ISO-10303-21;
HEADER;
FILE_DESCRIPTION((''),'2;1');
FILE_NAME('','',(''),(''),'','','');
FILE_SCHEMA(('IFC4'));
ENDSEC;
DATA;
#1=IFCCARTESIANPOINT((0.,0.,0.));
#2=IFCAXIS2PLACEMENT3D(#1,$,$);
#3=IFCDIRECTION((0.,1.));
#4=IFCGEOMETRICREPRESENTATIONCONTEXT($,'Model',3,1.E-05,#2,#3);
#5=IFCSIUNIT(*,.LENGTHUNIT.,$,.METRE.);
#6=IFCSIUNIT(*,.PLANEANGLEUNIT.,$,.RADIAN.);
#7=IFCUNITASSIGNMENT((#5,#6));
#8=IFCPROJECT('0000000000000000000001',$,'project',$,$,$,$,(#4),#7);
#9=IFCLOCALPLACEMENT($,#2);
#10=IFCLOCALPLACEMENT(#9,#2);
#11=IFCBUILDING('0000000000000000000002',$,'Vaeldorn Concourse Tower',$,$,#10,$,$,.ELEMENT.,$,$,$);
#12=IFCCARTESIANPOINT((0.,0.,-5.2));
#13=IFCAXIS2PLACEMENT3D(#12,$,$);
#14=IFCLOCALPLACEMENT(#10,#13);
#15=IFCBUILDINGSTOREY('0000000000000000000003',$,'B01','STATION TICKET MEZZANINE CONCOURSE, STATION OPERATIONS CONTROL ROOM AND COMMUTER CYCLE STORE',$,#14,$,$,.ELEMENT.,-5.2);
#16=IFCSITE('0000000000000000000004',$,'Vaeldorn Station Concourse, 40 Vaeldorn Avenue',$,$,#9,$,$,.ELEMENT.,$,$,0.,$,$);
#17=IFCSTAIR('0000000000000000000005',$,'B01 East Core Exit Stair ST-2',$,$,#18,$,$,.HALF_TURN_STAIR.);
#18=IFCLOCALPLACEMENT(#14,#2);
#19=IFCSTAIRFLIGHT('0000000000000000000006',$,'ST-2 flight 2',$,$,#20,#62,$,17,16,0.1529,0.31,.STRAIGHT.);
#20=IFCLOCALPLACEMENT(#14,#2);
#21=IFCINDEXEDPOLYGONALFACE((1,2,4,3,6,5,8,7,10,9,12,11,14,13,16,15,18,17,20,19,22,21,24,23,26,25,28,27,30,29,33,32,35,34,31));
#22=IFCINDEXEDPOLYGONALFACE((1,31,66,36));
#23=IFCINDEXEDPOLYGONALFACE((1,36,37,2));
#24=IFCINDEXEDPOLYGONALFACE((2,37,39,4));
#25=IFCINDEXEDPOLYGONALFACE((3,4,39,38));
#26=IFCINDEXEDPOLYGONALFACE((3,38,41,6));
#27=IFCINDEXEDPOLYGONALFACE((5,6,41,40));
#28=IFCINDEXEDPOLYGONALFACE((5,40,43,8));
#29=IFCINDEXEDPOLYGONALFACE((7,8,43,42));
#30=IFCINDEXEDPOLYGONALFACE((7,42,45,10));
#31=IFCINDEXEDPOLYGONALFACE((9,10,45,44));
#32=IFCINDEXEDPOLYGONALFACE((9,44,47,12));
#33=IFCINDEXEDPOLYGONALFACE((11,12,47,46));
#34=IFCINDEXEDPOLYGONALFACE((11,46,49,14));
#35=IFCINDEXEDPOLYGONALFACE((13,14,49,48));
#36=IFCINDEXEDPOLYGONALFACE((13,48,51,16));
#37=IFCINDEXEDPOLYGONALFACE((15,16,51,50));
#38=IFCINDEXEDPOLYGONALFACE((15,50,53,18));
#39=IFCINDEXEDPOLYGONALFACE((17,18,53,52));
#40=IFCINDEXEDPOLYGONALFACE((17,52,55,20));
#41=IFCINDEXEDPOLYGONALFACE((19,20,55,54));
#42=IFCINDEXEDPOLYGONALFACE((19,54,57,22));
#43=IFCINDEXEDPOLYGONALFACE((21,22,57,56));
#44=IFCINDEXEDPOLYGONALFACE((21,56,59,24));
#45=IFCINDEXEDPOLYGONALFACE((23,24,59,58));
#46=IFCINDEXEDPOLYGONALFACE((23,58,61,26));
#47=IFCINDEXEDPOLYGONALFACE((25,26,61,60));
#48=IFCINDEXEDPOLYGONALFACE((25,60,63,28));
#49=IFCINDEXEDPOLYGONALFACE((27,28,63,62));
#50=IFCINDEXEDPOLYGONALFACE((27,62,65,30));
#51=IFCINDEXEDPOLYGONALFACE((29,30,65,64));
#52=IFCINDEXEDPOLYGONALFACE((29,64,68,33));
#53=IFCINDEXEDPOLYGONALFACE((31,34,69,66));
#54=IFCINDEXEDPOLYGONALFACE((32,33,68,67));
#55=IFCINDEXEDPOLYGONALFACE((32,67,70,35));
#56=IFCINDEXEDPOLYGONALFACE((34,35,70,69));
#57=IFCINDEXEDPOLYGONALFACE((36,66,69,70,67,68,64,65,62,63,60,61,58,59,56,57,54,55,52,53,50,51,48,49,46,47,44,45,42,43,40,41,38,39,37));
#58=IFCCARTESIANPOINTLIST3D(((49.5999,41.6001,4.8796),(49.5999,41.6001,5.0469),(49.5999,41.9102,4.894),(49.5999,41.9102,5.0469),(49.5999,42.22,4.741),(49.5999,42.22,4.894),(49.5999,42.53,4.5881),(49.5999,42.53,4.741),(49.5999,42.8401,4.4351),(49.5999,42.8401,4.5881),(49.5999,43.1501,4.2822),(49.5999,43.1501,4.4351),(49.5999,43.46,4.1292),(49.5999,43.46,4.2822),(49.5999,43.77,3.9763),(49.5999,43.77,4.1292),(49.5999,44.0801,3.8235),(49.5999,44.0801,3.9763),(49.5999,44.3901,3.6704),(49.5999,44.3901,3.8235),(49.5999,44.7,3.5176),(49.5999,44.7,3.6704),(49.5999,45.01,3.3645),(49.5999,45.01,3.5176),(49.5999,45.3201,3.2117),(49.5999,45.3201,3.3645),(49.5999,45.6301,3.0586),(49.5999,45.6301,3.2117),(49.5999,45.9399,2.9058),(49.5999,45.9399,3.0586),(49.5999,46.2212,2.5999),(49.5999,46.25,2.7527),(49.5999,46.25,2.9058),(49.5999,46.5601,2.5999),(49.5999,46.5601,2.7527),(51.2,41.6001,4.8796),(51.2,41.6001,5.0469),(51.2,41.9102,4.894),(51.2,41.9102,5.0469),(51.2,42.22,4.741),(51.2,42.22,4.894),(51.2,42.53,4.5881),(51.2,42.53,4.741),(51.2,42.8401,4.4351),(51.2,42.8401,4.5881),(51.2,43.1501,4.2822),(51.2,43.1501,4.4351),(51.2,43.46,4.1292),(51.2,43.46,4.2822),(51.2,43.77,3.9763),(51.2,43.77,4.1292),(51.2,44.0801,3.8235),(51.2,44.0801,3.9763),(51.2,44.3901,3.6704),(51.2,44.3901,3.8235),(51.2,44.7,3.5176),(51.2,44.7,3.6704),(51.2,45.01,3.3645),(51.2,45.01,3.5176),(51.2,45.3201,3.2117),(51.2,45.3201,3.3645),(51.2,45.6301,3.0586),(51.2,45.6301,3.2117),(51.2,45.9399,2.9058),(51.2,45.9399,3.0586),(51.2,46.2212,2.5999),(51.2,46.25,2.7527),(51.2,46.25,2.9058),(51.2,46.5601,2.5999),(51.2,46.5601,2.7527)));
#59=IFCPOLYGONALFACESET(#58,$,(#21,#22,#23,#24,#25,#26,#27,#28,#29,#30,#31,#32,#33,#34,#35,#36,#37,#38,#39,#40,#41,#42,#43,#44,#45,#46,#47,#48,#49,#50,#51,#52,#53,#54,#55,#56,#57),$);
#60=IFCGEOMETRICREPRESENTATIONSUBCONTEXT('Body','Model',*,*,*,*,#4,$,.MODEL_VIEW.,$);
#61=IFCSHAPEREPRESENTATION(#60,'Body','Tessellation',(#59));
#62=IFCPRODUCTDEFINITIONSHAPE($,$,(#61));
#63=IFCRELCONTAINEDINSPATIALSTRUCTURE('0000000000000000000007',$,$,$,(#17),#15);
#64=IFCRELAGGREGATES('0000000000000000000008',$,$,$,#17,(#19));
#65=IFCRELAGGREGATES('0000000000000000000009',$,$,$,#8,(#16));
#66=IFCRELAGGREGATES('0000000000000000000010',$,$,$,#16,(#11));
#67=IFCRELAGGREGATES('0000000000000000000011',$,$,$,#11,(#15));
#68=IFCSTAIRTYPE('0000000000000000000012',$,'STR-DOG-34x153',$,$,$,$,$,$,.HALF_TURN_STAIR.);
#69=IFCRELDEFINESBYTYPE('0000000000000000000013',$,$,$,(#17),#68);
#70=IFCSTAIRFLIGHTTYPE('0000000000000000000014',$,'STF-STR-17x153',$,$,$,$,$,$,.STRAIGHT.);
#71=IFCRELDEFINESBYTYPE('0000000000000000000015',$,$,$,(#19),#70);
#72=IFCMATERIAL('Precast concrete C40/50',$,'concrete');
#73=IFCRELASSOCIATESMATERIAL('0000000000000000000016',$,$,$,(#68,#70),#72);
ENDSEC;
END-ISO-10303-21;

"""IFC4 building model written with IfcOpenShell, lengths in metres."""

from ifc_helpers import new_model, si_unit, direction, frame, origin, place, context, subcontext, project, spatial, polyline, outline, extrude, material, type_object, element, aggregate, save


model = new_model("IFC4")

# Units and contexts
model_context = context("Model", 3, precision=1e-05, world=origin(), true_north=direction((0.0, 1.0)))
body_context = subcontext(model_context, "Body", "Model", "MODEL_VIEW")
ifc_project = project(units=[si_unit("LENGTHUNIT", "METRE"), si_unit("PLANEANGLEUNIT", "RADIAN")], contexts=[model_context])

# Site, building, storey
site_placement = place(None, origin())
site = spatial("IfcSite", under=ifc_project, at=site_placement, Name="Vaeldorn Station Concourse, 40 Vaeldorn Avenue", CompositionType="ELEMENT", RefElevation=0.0)
building_placement = place(site_placement, origin())
building = spatial("IfcBuilding", under=site, at=building_placement, Name="Vaeldorn Concourse Tower", CompositionType="ELEMENT")
storey_placement = place(building_placement, frame((0.0, 0.0, -5.2)))
storey = spatial("IfcBuildingStorey", under=building, at=storey_placement, Name="B01", Description="STATION TICKET MEZZANINE CONCOURSE, STATION OPERATIONS CONTROL ROOM AND COMMUTER CYCLE STORE", CompositionType="ELEMENT", Elevation=-5.2)

# Stair, stair flight
ifc_material_1 = material(Name="Precast concrete C40/50", Category="concrete")
stair_type = type_object("IfcStairType", Name="STR-DOG-34x153", PredefinedType="HALF_TURN_STAIR", material=ifc_material_1)
stair_placement = place(storey_placement, origin())
stair = element("IfcStair", 1, at=stair_placement, inside=storey, type_object=stair_type, Name="B01 East Core Exit Stair ST-2", PredefinedType="HALF_TURN_STAIR")
stair_flight_type = type_object("IfcStairFlightType", Name="STF-STR-17x153", PredefinedType="STRAIGHT", material=ifc_material_1)
stair_flight_1_placement = place(storey_placement, frame((50.3999, 46.5601, 2.5999), z_axis=(0.0, 0.0, 1.0), x_axis=(0.0, -1.0, 0.0)))
stair_flight_1 = element("IfcStairFlight", 2, at=stair_flight_1_placement, type_object=stair_flight_type, Name="ST-2 flight 2", NumberOfRisers=17, NumberOfTreads=16, PredefinedType="STRAIGHT", RiserHeight=0.1529, TreadLength=0.31, context=body_context, shape_type="SweptSolid", body=[
    extrude(outline(polyline([(0.0, 0.0), (0.0, 0.1528), (0.3101, 0.1528), (0.3101, 0.3059), (0.6201, 0.3059), (0.6201, 0.4587), (0.9299, 0.4587), (0.9299, 0.6118), (1.24, 0.6118), (1.24, 0.7646), (1.55, 0.7646), (1.55, 0.9177), (1.8601, 0.9177), (1.8601, 1.0706), (2.1699, 1.0706), (2.1699, 1.2236), (2.48, 1.2236), (2.48, 1.3765), (2.79, 1.3765), (2.79, 1.5293), (3.1001, 1.5293), (3.1001, 1.6824), (3.4099, 1.6824), (3.4099, 1.8352), (3.72, 1.8352), (3.72, 1.9883), (4.03, 1.9883), (4.03, 2.1411), (4.3401, 2.1411), (4.3401, 2.2942), (4.6499, 2.2942), (4.6499, 2.447), (4.96, 2.447), (4.96, 2.6001), (4.96, 2.2798), (0.3389, 0.0), (0.0, 0.0)])), frame((0.0, 0.8, 0.0), z_axis=(0.0, -1.0, 0.0), x_axis=(1.0, 0.0, 0.0)), (0.0, 0.0, 1.0), 1.6001),
])
aggregate(stair, [stair_flight_1])

save(model, "model.ifc")
